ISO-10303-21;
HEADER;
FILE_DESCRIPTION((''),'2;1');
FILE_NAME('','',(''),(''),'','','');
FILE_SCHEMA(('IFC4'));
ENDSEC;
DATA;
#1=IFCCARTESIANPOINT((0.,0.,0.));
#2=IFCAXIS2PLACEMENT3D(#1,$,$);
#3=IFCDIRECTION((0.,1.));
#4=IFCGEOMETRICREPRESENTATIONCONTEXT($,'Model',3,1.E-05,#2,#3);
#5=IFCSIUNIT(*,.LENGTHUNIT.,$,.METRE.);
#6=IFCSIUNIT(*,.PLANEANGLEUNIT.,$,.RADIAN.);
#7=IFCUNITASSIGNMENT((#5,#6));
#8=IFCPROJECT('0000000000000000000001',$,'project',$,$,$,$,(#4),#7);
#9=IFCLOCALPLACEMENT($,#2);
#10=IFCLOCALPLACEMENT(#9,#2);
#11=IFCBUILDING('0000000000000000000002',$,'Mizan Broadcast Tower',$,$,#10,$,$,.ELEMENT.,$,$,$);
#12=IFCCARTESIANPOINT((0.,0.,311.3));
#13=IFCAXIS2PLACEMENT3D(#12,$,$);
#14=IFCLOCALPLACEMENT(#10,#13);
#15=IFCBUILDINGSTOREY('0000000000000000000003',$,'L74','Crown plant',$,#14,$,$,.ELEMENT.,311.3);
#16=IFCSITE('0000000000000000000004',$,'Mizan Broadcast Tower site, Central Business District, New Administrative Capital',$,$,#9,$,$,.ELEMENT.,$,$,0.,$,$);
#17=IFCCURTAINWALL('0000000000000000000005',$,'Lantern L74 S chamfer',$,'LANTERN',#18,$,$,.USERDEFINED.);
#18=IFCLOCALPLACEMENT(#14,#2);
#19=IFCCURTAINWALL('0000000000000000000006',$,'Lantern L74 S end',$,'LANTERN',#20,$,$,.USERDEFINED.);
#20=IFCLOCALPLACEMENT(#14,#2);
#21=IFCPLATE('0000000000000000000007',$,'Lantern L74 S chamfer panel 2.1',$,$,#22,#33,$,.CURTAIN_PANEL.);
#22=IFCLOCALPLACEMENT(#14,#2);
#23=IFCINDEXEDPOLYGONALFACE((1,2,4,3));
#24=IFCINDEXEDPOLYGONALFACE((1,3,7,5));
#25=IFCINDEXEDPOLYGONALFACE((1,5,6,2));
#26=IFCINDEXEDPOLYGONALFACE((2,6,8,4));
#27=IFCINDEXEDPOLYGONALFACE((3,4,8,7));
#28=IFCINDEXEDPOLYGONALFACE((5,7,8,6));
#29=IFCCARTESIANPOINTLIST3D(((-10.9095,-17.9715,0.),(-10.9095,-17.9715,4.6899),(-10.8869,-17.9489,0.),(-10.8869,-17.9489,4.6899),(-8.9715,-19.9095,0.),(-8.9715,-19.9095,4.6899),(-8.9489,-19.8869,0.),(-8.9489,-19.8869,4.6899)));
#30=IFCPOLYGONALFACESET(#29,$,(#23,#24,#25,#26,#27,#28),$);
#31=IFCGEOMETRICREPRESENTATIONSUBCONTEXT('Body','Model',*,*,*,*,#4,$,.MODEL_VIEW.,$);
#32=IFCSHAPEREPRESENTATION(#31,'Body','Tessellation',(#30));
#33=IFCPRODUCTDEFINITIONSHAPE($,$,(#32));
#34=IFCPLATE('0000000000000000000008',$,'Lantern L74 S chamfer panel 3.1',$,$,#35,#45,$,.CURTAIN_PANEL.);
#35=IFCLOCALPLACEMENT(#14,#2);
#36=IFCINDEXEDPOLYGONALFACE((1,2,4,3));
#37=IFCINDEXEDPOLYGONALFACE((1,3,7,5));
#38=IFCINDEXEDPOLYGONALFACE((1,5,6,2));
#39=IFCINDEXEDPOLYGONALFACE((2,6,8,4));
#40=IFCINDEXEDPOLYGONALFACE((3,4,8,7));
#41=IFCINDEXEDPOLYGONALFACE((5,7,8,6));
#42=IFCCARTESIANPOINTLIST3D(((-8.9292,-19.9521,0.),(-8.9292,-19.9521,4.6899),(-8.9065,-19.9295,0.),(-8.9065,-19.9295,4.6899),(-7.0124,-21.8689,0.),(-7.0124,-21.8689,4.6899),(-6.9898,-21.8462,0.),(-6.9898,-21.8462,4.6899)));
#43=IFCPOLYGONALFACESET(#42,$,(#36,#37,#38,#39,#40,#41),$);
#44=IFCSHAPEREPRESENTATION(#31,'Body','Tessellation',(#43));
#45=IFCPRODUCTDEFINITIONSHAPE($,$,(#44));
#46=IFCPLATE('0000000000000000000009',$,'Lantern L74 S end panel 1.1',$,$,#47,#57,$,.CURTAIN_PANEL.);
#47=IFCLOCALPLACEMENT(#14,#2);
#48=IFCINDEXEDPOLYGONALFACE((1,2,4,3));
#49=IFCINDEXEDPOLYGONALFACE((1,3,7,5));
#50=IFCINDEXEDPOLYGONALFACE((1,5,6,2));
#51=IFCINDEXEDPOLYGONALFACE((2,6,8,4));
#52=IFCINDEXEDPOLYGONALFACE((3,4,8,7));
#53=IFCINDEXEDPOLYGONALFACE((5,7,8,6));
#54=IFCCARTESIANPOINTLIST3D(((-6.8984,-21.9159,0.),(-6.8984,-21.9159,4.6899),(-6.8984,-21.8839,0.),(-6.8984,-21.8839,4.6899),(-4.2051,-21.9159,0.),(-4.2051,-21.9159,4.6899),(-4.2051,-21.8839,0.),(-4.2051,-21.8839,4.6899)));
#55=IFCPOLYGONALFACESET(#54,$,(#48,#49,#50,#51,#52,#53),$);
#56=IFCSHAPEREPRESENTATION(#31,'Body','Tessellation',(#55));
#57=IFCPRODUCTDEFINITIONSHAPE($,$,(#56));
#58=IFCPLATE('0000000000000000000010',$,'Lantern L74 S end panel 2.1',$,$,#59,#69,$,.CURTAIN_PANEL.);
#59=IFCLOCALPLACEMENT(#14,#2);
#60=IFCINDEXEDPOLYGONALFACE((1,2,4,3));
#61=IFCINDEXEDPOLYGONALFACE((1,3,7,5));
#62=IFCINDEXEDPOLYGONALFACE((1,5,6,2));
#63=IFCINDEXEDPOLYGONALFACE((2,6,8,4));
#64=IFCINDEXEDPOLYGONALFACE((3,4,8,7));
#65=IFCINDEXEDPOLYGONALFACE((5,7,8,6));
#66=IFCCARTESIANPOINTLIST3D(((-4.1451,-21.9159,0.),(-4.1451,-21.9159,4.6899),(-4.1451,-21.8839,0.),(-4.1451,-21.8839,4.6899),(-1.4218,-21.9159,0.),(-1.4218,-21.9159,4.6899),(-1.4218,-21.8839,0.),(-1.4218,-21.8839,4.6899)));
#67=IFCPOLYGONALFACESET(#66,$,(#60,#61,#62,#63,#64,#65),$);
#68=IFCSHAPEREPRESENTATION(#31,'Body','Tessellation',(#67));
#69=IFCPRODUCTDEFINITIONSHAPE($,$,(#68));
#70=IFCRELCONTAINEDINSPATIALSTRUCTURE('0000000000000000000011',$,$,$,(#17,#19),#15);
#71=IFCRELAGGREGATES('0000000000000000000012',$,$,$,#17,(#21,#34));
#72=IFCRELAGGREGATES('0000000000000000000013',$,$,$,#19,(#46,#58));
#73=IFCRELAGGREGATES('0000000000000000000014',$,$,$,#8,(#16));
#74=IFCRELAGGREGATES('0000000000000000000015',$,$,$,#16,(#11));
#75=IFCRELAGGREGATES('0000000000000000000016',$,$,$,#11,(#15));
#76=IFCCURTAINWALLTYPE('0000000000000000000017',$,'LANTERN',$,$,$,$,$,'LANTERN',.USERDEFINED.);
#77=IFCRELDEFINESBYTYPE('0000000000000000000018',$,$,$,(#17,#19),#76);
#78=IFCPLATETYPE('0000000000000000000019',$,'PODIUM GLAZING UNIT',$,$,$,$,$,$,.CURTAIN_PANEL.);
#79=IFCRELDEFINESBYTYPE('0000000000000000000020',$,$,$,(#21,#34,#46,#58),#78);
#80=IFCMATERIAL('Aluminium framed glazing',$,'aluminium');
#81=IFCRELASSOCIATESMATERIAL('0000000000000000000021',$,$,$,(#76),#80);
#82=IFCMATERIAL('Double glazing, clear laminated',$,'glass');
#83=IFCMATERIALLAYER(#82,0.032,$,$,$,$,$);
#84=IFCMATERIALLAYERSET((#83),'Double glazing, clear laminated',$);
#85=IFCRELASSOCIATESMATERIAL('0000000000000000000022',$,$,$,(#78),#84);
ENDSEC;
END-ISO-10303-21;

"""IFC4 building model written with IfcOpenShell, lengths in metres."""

from ifc_helpers import new_model, si_unit, direction, frame, origin, origin_2d, place, context, subcontext, project, spatial, rectangle, extrude, material, layer, layer_set, type_object, element, aggregate, save


model = new_model("IFC4")

# Units and contexts
model_context = context("Model", 3, precision=1e-05, world=origin(), true_north=direction((0.0, 1.0)))
body_context = subcontext(model_context, "Body", "Model", "MODEL_VIEW")
ifc_project = project(units=[si_unit("LENGTHUNIT", "METRE"), si_unit("PLANEANGLEUNIT", "RADIAN")], contexts=[model_context])

# Site, building, storey
site_placement = place(None, origin())
site = spatial("IfcSite", under=ifc_project, at=site_placement, Name="Mizan Broadcast Tower site, Central Business District, New Administrative Capital", CompositionType="ELEMENT", RefElevation=0.0)
building_placement = place(site_placement, origin())
building = spatial("IfcBuilding", under=site, at=building_placement, Name="Mizan Broadcast Tower", CompositionType="ELEMENT")
storey_placement = place(building_placement, frame((0.0, 0.0, 311.3)))
storey = spatial("IfcBuildingStorey", under=building, at=storey_placement, Name="L74", Description="Crown plant", CompositionType="ELEMENT", Elevation=311.3)

# Curtain walls
ifc_material_1 = material(Name="Aluminium framed glazing", Category="aluminium")
curtain_wall_type = type_object("IfcCurtainWallType", Name="LANTERN", ElementType="LANTERN", PredefinedType="USERDEFINED", material=ifc_material_1)
curtain_wall_1_placement = place(storey_placement, origin())
curtain_wall_1 = element("IfcCurtainWall", 1, at=curtain_wall_1_placement, inside=storey, type_object=curtain_wall_type, Name="Lantern L74 S chamfer", ObjectType="LANTERN", PredefinedType="USERDEFINED")
curtain_wall_2_placement = place(storey_placement, origin())
curtain_wall_2 = element("IfcCurtainWall", 2, at=curtain_wall_2_placement, inside=storey, type_object=curtain_wall_type, Name="Lantern L74 S end", ObjectType="LANTERN", PredefinedType="USERDEFINED")

# Plates
ifc_material_2 = material(Name="Double glazing, clear laminated", Category="glass")
ifc_layer = layer(ifc_material_2, 0.032)
ifc_layer_set = layer_set([ifc_layer], Name="Double glazing, clear laminated")
plate_type = type_object("IfcPlateType", Name="PODIUM GLAZING UNIT", PredefinedType="CURTAIN_PANEL", material=ifc_layer_set)
plate_1_placement = place(storey_placement, frame((-9.9292, -18.9292, 0.0), z_axis=(0.0, 0.0, 1.0), x_axis=(0.707107, -0.707107, 0.0)))
plate_1 = element("IfcPlate", 3, at=plate_1_placement, type_object=plate_type, Name="Lantern L74 S chamfer panel 2.1", PredefinedType="CURTAIN_PANEL", context=body_context, shape_type="SweptSolid", body=[
    extrude(rectangle(XDim=2.7407, YDim=0.032, at=origin_2d()), origin(), (0.0, 0.0, 1.0), 4.6899),
])
plate_2_placement = place(storey_placement, frame((-7.9595, -20.8992, 0.0), z_axis=(0.0, 0.0, 1.0), x_axis=(0.707107, -0.707107, 0.0)))
plate_2 = element("IfcPlate", 4, at=plate_2_placement, type_object=plate_type, Name="Lantern L74 S chamfer panel 3.1", PredefinedType="CURTAIN_PANEL", context=body_context, shape_type="SweptSolid", body=[
    extrude(rectangle(XDim=2.7107, YDim=0.032, at=origin_2d()), origin(), (0.0, 0.0, 1.0), 4.6899),
])
aggregate(curtain_wall_1, [plate_1, plate_2])
plate_3_placement = place(storey_placement, frame((-5.5518, -21.8999, 0.0), z_axis=(0.0, 0.0, 1.0), x_axis=(1.0, 0.0, 0.0)))
plate_3 = element("IfcPlate", 5, at=plate_3_placement, type_object=plate_type, Name="Lantern L74 S end panel 1.1", PredefinedType="CURTAIN_PANEL", context=body_context, shape_type="SweptSolid", body=[
    extrude(rectangle(XDim=2.6934, YDim=0.032, at=origin_2d()), origin(), (0.0, 0.0, 1.0), 4.6899),
])
plate_4_placement = place(storey_placement, frame((-2.7834, -21.8999, 0.0), z_axis=(0.0, 0.0, 1.0), x_axis=(1.0, 0.0, 0.0)))
plate_4 = element("IfcPlate", 6, at=plate_4_placement, type_object=plate_type, Name="Lantern L74 S end panel 2.1", PredefinedType="CURTAIN_PANEL", context=body_context, shape_type="SweptSolid", body=[
    extrude(rectangle(XDim=2.7234, YDim=0.032, at=origin_2d()), origin(), (0.0, 0.0, 1.0), 4.6899),
])
aggregate(curtain_wall_2, [plate_3, plate_4])

save(model, "model.ifc")
